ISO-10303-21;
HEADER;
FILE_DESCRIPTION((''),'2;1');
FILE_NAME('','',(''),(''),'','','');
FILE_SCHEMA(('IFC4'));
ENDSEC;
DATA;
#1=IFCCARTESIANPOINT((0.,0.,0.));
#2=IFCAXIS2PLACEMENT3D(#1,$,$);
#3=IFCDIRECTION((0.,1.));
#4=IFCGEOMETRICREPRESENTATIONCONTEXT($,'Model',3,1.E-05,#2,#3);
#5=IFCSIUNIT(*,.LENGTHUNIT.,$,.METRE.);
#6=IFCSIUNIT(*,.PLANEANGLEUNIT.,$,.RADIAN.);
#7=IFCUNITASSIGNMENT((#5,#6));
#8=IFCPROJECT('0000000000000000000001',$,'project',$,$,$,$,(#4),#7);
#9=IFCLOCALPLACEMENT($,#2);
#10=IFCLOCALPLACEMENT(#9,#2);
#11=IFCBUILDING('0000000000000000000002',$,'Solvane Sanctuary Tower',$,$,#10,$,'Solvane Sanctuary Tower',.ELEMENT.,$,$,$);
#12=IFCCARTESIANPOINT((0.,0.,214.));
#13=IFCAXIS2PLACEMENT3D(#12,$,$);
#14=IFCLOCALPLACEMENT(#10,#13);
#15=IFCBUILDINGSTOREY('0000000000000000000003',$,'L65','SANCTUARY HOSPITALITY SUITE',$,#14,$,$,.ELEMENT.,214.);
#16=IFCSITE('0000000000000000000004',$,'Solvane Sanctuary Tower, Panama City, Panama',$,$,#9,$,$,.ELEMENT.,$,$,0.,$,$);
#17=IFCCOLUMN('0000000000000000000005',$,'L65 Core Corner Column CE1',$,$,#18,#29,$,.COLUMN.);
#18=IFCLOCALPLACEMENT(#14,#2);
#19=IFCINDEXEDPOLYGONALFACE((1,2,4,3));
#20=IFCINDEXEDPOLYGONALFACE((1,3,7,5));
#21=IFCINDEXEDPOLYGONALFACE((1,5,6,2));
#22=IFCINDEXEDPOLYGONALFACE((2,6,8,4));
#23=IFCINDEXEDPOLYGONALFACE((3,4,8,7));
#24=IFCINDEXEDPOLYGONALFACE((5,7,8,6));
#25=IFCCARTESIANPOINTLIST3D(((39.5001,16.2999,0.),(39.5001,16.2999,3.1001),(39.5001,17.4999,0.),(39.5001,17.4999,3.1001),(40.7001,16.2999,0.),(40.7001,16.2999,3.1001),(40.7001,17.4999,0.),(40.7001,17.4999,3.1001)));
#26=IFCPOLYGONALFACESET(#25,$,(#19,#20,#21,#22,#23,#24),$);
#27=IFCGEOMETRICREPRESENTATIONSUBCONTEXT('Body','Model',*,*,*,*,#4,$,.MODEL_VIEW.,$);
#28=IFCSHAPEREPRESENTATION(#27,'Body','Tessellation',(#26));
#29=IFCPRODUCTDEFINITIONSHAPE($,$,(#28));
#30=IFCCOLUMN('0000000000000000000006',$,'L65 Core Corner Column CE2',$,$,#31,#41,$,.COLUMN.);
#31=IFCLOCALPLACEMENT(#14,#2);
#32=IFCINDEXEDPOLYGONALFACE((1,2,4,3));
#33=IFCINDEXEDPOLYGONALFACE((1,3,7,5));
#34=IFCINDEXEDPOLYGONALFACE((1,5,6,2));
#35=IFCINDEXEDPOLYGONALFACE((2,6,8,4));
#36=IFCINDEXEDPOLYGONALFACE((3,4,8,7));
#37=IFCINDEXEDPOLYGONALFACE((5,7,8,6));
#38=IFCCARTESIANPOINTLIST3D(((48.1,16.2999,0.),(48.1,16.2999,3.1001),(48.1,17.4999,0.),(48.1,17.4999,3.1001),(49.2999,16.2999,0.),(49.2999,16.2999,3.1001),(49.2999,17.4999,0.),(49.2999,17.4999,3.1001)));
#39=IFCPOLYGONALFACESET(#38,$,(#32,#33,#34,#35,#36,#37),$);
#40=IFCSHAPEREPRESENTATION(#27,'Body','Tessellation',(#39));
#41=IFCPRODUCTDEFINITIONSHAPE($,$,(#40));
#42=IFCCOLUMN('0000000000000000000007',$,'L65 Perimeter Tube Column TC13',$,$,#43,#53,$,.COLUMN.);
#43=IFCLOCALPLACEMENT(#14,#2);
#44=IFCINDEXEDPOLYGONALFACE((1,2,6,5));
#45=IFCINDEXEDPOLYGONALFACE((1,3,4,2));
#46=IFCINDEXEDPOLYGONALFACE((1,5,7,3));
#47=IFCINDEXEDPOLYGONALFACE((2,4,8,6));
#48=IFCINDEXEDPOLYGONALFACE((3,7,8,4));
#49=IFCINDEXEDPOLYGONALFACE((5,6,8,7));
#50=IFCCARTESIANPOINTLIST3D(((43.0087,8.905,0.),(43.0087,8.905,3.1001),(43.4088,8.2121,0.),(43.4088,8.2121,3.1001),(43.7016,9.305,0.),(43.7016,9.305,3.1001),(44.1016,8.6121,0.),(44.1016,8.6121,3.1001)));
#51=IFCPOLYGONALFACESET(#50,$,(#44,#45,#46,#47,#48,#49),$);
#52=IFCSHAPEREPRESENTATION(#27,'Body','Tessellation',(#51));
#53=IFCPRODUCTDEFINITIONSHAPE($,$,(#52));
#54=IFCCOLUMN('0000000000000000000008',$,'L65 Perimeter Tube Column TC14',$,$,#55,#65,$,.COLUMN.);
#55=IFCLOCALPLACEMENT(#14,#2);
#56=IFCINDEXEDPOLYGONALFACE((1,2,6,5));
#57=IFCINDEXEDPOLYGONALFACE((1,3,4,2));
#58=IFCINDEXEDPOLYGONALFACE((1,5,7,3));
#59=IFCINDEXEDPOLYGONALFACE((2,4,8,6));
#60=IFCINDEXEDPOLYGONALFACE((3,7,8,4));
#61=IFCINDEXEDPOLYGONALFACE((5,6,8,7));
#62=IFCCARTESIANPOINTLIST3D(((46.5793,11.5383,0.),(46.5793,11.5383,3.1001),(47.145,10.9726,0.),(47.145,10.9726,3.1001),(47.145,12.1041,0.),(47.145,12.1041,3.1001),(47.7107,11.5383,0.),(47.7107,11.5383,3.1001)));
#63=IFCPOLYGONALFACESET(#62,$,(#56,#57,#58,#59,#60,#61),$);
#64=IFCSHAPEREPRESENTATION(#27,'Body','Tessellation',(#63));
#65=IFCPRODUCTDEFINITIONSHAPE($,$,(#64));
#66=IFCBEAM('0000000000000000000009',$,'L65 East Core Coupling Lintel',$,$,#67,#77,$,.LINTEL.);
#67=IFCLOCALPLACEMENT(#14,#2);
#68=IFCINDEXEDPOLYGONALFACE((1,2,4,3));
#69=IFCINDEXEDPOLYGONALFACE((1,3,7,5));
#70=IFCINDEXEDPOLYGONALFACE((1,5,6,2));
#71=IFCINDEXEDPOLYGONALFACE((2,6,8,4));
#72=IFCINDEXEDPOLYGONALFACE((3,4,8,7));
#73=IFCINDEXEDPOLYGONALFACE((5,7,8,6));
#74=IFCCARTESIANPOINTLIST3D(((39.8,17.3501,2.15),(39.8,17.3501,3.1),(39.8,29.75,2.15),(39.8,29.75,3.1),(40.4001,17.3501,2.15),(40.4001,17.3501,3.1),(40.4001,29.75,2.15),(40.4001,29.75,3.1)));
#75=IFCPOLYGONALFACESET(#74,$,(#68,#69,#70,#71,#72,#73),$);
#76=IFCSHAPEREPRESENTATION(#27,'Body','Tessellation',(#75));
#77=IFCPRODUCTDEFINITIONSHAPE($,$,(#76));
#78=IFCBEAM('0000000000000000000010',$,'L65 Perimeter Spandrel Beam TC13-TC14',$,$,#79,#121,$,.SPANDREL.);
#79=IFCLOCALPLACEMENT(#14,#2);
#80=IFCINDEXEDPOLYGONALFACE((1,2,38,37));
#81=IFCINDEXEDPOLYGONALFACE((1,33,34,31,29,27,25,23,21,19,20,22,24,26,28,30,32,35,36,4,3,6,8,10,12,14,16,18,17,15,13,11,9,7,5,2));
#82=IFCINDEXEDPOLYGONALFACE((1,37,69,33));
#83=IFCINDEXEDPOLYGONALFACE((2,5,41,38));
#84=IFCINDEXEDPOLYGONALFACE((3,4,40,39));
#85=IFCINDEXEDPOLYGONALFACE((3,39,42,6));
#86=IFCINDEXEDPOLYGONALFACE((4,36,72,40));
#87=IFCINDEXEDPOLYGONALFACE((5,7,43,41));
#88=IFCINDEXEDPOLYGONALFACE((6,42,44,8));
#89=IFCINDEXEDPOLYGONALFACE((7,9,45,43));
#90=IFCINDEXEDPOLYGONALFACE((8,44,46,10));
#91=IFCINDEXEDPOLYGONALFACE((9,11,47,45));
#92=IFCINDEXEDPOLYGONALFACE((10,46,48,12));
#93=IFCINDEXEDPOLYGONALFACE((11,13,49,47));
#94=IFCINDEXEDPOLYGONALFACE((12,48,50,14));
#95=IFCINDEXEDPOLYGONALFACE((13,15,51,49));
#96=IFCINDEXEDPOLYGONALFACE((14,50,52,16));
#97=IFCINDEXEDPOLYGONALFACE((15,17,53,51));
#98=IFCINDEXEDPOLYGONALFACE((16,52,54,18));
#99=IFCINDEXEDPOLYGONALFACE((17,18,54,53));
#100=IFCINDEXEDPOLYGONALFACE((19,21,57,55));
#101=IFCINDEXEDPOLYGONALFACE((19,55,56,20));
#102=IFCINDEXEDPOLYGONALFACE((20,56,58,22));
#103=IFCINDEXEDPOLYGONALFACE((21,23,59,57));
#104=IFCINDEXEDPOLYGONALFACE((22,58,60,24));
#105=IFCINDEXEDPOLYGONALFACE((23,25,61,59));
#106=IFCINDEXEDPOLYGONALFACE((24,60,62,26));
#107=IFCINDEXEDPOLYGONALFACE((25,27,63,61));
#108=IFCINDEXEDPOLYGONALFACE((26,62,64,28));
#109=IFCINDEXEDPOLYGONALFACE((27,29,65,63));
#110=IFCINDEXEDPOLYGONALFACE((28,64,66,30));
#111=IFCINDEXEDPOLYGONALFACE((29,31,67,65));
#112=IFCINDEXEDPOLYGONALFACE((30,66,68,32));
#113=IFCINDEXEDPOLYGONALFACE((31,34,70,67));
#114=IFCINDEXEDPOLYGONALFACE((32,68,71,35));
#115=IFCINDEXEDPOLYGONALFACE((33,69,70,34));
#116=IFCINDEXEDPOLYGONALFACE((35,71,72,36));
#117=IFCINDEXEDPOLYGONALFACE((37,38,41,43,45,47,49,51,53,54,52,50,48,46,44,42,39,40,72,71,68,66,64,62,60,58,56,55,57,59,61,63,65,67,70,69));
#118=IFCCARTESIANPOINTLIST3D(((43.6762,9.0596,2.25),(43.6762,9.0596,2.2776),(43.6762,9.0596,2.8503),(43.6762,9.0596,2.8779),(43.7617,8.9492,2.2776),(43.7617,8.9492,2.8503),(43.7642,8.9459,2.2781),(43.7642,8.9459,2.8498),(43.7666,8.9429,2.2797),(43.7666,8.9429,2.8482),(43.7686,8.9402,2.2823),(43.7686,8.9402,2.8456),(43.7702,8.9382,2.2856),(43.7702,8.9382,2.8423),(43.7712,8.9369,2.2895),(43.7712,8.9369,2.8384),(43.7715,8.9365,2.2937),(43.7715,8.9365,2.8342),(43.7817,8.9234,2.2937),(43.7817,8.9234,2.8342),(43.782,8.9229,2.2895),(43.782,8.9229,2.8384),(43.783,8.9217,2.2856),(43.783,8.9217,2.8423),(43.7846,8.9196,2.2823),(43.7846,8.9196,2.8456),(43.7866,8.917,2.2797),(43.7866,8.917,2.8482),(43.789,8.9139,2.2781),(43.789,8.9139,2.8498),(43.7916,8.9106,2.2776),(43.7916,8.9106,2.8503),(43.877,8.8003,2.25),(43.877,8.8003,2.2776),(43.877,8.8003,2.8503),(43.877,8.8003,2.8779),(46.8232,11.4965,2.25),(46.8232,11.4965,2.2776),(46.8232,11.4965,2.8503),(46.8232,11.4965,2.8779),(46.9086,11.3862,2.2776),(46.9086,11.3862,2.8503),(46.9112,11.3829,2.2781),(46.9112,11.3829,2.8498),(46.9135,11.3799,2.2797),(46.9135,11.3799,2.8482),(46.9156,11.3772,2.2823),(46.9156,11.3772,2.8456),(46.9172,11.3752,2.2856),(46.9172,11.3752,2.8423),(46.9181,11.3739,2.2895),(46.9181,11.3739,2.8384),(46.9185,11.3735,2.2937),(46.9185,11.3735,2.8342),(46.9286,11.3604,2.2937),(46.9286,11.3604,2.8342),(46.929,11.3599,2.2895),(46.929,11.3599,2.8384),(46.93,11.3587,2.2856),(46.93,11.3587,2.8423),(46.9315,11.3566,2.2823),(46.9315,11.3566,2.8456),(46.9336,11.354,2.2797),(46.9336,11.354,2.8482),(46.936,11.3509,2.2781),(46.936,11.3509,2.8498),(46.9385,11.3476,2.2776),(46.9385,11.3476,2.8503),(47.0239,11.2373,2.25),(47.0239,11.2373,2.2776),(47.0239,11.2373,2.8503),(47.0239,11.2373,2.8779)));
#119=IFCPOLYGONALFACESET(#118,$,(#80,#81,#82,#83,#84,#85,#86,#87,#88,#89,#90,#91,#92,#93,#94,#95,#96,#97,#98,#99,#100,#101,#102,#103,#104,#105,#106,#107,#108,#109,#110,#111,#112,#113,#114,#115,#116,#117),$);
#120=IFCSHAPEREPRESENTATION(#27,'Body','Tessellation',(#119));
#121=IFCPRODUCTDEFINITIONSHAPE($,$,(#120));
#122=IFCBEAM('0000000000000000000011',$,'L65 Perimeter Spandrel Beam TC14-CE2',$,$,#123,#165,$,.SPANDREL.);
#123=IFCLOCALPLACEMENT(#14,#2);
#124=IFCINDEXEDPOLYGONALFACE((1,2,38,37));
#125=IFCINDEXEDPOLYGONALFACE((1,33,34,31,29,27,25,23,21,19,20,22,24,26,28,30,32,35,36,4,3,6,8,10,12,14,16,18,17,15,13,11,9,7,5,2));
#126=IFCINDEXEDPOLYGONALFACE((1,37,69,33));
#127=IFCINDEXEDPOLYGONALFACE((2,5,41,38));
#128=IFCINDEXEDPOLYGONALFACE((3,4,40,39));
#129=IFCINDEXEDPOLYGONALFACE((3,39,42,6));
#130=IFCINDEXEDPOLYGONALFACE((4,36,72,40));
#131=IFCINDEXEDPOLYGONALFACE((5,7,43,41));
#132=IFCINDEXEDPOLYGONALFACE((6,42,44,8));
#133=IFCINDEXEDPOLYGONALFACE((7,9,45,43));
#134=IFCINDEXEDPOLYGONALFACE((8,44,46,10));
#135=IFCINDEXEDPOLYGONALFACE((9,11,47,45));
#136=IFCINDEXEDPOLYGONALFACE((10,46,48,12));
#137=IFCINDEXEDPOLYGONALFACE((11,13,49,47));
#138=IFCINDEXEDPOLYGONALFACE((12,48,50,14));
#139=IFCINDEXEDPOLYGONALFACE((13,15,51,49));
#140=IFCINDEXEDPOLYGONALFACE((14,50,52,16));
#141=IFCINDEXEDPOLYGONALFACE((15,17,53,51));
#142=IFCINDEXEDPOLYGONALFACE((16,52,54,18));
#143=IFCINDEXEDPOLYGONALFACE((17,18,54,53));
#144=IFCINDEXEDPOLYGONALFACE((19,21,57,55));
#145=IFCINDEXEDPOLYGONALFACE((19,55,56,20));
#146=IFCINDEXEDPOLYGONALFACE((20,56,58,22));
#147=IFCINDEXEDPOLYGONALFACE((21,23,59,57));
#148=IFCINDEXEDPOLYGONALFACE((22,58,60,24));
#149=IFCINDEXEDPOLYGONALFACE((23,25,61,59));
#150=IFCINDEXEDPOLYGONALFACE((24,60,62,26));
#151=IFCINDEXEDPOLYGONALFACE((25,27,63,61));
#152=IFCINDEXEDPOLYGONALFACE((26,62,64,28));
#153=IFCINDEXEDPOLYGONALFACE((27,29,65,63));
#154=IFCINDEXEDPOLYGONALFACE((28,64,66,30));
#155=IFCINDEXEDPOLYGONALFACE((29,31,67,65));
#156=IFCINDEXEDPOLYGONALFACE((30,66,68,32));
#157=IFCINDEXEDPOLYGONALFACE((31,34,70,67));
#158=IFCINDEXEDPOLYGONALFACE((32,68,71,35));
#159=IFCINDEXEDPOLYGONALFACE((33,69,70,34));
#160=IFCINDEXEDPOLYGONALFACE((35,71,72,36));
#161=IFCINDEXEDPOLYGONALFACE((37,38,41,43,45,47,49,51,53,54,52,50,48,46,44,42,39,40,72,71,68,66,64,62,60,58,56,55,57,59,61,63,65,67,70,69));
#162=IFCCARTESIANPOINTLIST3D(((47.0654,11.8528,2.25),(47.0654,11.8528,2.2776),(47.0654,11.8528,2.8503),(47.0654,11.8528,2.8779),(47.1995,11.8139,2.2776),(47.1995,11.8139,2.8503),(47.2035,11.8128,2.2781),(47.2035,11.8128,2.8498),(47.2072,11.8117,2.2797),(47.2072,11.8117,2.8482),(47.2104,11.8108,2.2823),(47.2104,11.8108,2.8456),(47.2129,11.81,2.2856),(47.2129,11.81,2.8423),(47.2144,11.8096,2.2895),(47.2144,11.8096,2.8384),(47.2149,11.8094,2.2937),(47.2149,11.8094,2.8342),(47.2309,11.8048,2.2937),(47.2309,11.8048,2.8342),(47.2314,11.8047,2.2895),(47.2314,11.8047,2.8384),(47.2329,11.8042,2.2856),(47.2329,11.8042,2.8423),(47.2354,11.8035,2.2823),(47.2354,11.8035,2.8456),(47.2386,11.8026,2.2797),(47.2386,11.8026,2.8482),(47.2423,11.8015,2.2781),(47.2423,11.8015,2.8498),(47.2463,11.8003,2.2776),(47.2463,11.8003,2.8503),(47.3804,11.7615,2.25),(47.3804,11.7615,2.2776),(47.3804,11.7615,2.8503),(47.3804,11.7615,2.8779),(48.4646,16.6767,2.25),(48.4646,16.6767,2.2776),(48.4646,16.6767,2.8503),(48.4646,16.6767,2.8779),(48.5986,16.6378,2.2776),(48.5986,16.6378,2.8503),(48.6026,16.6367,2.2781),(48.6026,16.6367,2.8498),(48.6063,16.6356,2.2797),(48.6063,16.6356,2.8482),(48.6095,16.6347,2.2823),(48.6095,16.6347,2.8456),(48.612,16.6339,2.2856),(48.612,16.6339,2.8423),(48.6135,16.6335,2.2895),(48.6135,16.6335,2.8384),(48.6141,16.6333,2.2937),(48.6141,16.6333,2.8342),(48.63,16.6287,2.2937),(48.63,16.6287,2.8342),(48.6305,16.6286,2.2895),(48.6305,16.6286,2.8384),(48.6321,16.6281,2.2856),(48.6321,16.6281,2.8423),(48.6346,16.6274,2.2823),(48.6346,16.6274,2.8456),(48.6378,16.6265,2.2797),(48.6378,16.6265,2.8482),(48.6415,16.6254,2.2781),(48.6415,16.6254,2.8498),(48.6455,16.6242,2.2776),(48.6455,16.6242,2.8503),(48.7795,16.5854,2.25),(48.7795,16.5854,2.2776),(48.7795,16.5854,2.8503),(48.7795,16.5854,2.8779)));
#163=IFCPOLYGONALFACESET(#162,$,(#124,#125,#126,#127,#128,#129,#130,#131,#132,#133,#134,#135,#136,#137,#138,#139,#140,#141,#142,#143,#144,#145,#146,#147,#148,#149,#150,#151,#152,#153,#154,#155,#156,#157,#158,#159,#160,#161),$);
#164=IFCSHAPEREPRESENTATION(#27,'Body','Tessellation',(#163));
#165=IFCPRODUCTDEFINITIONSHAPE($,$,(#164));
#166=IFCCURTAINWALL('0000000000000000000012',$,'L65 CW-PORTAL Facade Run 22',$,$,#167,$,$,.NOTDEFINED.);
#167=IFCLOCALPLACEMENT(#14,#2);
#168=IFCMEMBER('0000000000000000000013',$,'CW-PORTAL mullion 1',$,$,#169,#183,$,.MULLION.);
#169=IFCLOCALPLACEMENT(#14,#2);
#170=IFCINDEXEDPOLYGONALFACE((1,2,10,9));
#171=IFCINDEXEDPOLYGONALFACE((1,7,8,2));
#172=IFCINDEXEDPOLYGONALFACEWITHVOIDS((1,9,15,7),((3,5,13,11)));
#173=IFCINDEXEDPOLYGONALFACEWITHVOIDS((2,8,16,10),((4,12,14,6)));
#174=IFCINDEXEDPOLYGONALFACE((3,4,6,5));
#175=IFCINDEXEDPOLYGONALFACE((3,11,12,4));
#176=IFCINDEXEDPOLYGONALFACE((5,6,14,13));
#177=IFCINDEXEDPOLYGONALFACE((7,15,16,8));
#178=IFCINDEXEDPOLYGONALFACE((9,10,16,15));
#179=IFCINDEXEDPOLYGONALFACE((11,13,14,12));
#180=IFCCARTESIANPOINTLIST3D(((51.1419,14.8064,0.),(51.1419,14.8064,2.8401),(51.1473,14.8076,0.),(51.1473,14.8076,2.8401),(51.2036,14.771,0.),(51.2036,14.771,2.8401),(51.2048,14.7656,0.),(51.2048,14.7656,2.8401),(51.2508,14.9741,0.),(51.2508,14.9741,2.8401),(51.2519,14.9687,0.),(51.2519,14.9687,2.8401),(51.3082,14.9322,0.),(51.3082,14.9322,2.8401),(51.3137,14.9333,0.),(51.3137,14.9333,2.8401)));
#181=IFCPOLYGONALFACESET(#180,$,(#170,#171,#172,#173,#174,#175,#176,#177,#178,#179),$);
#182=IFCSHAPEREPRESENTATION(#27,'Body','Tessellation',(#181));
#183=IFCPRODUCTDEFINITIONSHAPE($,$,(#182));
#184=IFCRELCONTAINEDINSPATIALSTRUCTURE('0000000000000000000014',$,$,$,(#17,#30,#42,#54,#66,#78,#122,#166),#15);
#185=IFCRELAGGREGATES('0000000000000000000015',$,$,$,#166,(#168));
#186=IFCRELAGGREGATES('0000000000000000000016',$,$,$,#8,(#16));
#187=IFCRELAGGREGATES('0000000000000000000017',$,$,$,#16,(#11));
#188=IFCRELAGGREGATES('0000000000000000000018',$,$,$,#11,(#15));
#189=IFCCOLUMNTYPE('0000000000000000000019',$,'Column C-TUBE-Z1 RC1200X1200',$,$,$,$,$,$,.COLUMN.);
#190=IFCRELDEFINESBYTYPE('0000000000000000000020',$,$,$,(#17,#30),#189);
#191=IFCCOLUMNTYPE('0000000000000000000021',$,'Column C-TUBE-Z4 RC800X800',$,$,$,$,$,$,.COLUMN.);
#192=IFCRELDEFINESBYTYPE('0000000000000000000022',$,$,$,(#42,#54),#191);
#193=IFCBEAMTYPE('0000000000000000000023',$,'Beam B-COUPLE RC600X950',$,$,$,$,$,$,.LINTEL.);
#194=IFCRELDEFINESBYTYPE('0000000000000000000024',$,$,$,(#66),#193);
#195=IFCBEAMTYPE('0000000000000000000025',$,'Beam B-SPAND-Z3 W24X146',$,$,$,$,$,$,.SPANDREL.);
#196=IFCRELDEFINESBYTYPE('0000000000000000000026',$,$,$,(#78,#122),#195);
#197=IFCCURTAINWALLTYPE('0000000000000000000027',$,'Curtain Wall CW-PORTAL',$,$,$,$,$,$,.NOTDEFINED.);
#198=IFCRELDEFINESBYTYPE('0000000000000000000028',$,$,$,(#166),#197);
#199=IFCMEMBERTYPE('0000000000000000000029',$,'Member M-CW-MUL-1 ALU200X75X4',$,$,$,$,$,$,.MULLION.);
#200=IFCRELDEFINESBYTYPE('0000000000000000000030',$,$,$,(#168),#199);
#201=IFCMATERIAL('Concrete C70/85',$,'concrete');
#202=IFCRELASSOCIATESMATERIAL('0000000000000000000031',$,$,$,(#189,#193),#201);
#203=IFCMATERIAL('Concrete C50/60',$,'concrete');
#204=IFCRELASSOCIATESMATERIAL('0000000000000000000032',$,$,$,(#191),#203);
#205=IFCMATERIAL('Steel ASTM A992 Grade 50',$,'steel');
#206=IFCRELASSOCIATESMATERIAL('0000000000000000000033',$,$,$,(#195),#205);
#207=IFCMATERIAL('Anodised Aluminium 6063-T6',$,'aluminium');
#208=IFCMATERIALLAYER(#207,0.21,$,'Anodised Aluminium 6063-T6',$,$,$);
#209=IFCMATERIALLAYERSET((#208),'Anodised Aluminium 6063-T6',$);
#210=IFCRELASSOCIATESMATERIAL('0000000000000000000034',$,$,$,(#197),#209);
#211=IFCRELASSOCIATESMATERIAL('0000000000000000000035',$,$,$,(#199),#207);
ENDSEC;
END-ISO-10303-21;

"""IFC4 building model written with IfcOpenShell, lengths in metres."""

from ifc_helpers import new_model, si_unit, direction, frame, origin, origin_2d, place, context, subcontext, project, spatial, rectangle, hollow_rectangle, i_section, extrude, material, layer, layer_set, material_profile, profile_set, type_object, element, aggregate, save


model = new_model("IFC4")

# Units and contexts
model_context = context("Model", 3, precision=1e-05, world=origin(), true_north=direction((0.0, 1.0)))
body_context = subcontext(model_context, "Body", "Model", "MODEL_VIEW")
ifc_project = project(units=[si_unit("LENGTHUNIT", "METRE"), si_unit("PLANEANGLEUNIT", "RADIAN")], contexts=[model_context])

# Site, building, storey
site_placement = place(None, origin())
site = spatial("IfcSite", under=ifc_project, at=site_placement, Name="Solvane Sanctuary Tower, Panama City, Panama", CompositionType="ELEMENT", RefElevation=0.0)
building_placement = place(site_placement, origin())
building = spatial("IfcBuilding", under=site, at=building_placement, Name="Solvane Sanctuary Tower", LongName="Solvane Sanctuary Tower", CompositionType="ELEMENT")
storey_placement = place(building_placement, frame((0.0, 0.0, 214.0)))
storey = spatial("IfcBuildingStorey", under=building, at=storey_placement, Name="L65", Description="SANCTUARY HOSPITALITY SUITE", CompositionType="ELEMENT", Elevation=214.0)

# Columns
ifc_material_1 = material(Name="Concrete C70/85", Category="concrete")
ifc_material_profile_1 = material_profile(ifc_material_1, rectangle(XDim=1.2, YDim=1.2, at=origin_2d()), Name="RC1200X1200")
ifc_profile_set_1 = profile_set([ifc_material_profile_1], Name="Concrete C70/85")
column_type_1 = type_object("IfcColumnType", Name="Column C-TUBE-Z1 RC1200X1200", PredefinedType="COLUMN", material=ifc_profile_set_1)
for number, where, z_axis, x_axis, name in (
    (1, (40.1001, 16.8999, 0.0), (0.0, 0.0, 1.0), (1.0, 0.0, 0.0), "L65 Core Corner Column CE1"),
    (2, (48.7, 16.8999, 0.0), (0.0, 0.0, 1.0), (1.0, 0.0, 0.0), "L65 Core Corner Column CE2"),
):
    element("IfcColumn", number, at=place(storey_placement, frame(where, z_axis=z_axis, x_axis=x_axis)), inside=storey, type_object=column_type_1, Name=name, PredefinedType="COLUMN", context=body_context, shape_type="SweptSolid", body=[
        extrude(rectangle(XDim=1.2, YDim=1.2, at=origin_2d()), origin(), (0.0, 0.0, 1.0), 3.1001),
    ])
ifc_material_2 = material(Name="Concrete C50/60", Category="concrete")
ifc_material_profile_2 = material_profile(ifc_material_2, rectangle(XDim=0.8, YDim=0.8, at=origin_2d()), Name="RC800X800")
ifc_profile_set_2 = profile_set([ifc_material_profile_2], Name="Concrete C50/60")
column_type_2 = type_object("IfcColumnType", Name="Column C-TUBE-Z4 RC800X800", PredefinedType="COLUMN", material=ifc_profile_set_2)
for number, where, z_axis, x_axis, name in (
    (3, (43.5552, 8.7585, 0.0), (0.0, 0.0, 1.0), (0.5, -0.866025, 0.0), "L65 Perimeter Tube Column TC13"),
    (4, (47.145, 11.5383, 0.0), (0.0, 0.0, 1.0), (0.707107, -0.707107, 0.0), "L65 Perimeter Tube Column TC14"),
):
    element("IfcColumn", number, at=place(storey_placement, frame(where, z_axis=z_axis, x_axis=x_axis)), inside=storey, type_object=column_type_2, Name=name, PredefinedType="COLUMN", context=body_context, shape_type="SweptSolid", body=[
        extrude(rectangle(XDim=0.8, YDim=0.8, at=origin_2d()), origin(), (0.0, 0.0, 1.0), 3.1001),
    ])

# Beams
ifc_material_profile_3 = material_profile(ifc_material_1, rectangle(XDim=0.6001, YDim=0.95, at=origin_2d()), Name="RC600X950")
ifc_profile_set_3 = profile_set([ifc_material_profile_3], Name="Concrete C70/85")
beam_type_1 = type_object("IfcBeamType", Name="Beam B-COUPLE RC600X950", PredefinedType="LINTEL", material=ifc_profile_set_3)
beam_1_placement = place(storey_placement, frame((40.1001, 17.3501, 2.625), z_axis=(0.0, 1.0, 0.0), x_axis=(-1.0, 0.0, 0.0)))
element("IfcBeam", 5, at=beam_1_placement, inside=storey, type_object=beam_type_1, Name="L65 East Core Coupling Lintel", PredefinedType="LINTEL", context=body_context, shape_type="SweptSolid", body=[
    extrude(rectangle(XDim=0.6001, YDim=0.95, at=origin_2d()), origin(), (0.0, 0.0, 1.0), 12.3999),
])
ifc_material_3 = material(Name="Steel ASTM A992 Grade 50", Category="steel")
ifc_material_profile_4 = material_profile(ifc_material_3, i_section(OverallWidth=0.3279, OverallDepth=0.6279, WebThickness=0.0166, FlangeThickness=0.0276, FilletRadius=0.0161, at=origin_2d()), Name="W24X146")
ifc_profile_set_4 = profile_set([ifc_material_profile_4], Name="Steel ASTM A992 Grade 50")
beam_type_2 = type_object("IfcBeamType", Name="Beam B-SPAND-Z3 W24X146", PredefinedType="SPANDREL", material=ifc_profile_set_4)
beam_2_placement = place(storey_placement, frame((43.7766, 8.9299, 2.564), z_axis=(0.790645, 0.612275, 0.0), x_axis=(-0.612275, 0.790645, 0.0)))
element("IfcBeam", 6, at=beam_2_placement, inside=storey, type_object=beam_type_2, Name="L65 Perimeter Spandrel Beam TC13-TC14", PredefinedType="SPANDREL", context=body_context, shape_type="SweptSolid", body=[
    extrude(i_section(OverallWidth=0.3279, OverallDepth=0.6279, WebThickness=0.0166, FlangeThickness=0.0276, FilletRadius=0.0161, at=origin_2d()), origin(), (0.0, 0.0, 1.0), 3.9802),
])
beam_3_placement = place(storey_placement, frame((47.2229, 11.8071, 2.564), z_axis=(0.278564, 0.960418, 0.0), x_axis=(-0.960418, 0.278564, 0.0)))
element("IfcBeam", 7, at=beam_3_placement, inside=storey, type_object=beam_type_2, Name="L65 Perimeter Spandrel Beam TC14-CE2", PredefinedType="SPANDREL", context=body_context, shape_type="SweptSolid", body=[
    extrude(i_section(OverallWidth=0.3279, OverallDepth=0.6279, WebThickness=0.0166, FlangeThickness=0.0276, FilletRadius=0.0161, at=origin_2d()), origin(), (0.0, 0.0, 1.0), 5.0227),
])

# Curtain wall, member
ifc_material_4 = material(Name="Anodised Aluminium 6063-T6", Category="aluminium")
ifc_layer_1 = layer(ifc_material_4, 0.21, Name="Anodised Aluminium 6063-T6")
ifc_layer_set_1 = layer_set([ifc_layer_1], Name="Anodised Aluminium 6063-T6")
curtain_wall_type = type_object("IfcCurtainWallType", Name="Curtain Wall CW-PORTAL", PredefinedType="NOTDEFINED", material=ifc_layer_set_1)
curtain_wall_placement = place(storey_placement, origin())
curtain_wall = element("IfcCurtainWall", 8, at=curtain_wall_placement, inside=storey, type_object=curtain_wall_type, Name="L65 CW-PORTAL Facade Run 22", PredefinedType="NOTDEFINED")
ifc_material_profile_5 = material_profile(ifc_material_4, hollow_rectangle(XDim=0.075, YDim=0.2, WallThickness=0.0039, at=origin_2d()), Name="ALU200X75X4")
ifc_profile_set_5 = profile_set([ifc_material_profile_5], Name="Anodised Aluminium 6063-T6")
member_type_1 = type_object("IfcMemberType", Name="Member M-CW-MUL-1 ALU200X75X4", PredefinedType="MULLION", material=ifc_profile_set_5)
member_1_placement = place(storey_placement, frame((51.2278, 14.8699, 0.0), z_axis=(0.0, 0.0, 1.0), x_axis=(-0.838778, 0.544474, 0.0)))
member_1 = element("IfcMember", 9, at=member_1_placement, type_object=member_type_1, Name="CW-PORTAL mullion 1", PredefinedType="MULLION", context=body_context, shape_type="SweptSolid", body=[
    extrude(hollow_rectangle(XDim=0.075, YDim=0.2, WallThickness=0.0039, at=origin_2d()), origin(), (0.0, 0.0, 1.0), 2.8401),
])

aggregate(curtain_wall, [member_1])

save(model, "model.ifc")
